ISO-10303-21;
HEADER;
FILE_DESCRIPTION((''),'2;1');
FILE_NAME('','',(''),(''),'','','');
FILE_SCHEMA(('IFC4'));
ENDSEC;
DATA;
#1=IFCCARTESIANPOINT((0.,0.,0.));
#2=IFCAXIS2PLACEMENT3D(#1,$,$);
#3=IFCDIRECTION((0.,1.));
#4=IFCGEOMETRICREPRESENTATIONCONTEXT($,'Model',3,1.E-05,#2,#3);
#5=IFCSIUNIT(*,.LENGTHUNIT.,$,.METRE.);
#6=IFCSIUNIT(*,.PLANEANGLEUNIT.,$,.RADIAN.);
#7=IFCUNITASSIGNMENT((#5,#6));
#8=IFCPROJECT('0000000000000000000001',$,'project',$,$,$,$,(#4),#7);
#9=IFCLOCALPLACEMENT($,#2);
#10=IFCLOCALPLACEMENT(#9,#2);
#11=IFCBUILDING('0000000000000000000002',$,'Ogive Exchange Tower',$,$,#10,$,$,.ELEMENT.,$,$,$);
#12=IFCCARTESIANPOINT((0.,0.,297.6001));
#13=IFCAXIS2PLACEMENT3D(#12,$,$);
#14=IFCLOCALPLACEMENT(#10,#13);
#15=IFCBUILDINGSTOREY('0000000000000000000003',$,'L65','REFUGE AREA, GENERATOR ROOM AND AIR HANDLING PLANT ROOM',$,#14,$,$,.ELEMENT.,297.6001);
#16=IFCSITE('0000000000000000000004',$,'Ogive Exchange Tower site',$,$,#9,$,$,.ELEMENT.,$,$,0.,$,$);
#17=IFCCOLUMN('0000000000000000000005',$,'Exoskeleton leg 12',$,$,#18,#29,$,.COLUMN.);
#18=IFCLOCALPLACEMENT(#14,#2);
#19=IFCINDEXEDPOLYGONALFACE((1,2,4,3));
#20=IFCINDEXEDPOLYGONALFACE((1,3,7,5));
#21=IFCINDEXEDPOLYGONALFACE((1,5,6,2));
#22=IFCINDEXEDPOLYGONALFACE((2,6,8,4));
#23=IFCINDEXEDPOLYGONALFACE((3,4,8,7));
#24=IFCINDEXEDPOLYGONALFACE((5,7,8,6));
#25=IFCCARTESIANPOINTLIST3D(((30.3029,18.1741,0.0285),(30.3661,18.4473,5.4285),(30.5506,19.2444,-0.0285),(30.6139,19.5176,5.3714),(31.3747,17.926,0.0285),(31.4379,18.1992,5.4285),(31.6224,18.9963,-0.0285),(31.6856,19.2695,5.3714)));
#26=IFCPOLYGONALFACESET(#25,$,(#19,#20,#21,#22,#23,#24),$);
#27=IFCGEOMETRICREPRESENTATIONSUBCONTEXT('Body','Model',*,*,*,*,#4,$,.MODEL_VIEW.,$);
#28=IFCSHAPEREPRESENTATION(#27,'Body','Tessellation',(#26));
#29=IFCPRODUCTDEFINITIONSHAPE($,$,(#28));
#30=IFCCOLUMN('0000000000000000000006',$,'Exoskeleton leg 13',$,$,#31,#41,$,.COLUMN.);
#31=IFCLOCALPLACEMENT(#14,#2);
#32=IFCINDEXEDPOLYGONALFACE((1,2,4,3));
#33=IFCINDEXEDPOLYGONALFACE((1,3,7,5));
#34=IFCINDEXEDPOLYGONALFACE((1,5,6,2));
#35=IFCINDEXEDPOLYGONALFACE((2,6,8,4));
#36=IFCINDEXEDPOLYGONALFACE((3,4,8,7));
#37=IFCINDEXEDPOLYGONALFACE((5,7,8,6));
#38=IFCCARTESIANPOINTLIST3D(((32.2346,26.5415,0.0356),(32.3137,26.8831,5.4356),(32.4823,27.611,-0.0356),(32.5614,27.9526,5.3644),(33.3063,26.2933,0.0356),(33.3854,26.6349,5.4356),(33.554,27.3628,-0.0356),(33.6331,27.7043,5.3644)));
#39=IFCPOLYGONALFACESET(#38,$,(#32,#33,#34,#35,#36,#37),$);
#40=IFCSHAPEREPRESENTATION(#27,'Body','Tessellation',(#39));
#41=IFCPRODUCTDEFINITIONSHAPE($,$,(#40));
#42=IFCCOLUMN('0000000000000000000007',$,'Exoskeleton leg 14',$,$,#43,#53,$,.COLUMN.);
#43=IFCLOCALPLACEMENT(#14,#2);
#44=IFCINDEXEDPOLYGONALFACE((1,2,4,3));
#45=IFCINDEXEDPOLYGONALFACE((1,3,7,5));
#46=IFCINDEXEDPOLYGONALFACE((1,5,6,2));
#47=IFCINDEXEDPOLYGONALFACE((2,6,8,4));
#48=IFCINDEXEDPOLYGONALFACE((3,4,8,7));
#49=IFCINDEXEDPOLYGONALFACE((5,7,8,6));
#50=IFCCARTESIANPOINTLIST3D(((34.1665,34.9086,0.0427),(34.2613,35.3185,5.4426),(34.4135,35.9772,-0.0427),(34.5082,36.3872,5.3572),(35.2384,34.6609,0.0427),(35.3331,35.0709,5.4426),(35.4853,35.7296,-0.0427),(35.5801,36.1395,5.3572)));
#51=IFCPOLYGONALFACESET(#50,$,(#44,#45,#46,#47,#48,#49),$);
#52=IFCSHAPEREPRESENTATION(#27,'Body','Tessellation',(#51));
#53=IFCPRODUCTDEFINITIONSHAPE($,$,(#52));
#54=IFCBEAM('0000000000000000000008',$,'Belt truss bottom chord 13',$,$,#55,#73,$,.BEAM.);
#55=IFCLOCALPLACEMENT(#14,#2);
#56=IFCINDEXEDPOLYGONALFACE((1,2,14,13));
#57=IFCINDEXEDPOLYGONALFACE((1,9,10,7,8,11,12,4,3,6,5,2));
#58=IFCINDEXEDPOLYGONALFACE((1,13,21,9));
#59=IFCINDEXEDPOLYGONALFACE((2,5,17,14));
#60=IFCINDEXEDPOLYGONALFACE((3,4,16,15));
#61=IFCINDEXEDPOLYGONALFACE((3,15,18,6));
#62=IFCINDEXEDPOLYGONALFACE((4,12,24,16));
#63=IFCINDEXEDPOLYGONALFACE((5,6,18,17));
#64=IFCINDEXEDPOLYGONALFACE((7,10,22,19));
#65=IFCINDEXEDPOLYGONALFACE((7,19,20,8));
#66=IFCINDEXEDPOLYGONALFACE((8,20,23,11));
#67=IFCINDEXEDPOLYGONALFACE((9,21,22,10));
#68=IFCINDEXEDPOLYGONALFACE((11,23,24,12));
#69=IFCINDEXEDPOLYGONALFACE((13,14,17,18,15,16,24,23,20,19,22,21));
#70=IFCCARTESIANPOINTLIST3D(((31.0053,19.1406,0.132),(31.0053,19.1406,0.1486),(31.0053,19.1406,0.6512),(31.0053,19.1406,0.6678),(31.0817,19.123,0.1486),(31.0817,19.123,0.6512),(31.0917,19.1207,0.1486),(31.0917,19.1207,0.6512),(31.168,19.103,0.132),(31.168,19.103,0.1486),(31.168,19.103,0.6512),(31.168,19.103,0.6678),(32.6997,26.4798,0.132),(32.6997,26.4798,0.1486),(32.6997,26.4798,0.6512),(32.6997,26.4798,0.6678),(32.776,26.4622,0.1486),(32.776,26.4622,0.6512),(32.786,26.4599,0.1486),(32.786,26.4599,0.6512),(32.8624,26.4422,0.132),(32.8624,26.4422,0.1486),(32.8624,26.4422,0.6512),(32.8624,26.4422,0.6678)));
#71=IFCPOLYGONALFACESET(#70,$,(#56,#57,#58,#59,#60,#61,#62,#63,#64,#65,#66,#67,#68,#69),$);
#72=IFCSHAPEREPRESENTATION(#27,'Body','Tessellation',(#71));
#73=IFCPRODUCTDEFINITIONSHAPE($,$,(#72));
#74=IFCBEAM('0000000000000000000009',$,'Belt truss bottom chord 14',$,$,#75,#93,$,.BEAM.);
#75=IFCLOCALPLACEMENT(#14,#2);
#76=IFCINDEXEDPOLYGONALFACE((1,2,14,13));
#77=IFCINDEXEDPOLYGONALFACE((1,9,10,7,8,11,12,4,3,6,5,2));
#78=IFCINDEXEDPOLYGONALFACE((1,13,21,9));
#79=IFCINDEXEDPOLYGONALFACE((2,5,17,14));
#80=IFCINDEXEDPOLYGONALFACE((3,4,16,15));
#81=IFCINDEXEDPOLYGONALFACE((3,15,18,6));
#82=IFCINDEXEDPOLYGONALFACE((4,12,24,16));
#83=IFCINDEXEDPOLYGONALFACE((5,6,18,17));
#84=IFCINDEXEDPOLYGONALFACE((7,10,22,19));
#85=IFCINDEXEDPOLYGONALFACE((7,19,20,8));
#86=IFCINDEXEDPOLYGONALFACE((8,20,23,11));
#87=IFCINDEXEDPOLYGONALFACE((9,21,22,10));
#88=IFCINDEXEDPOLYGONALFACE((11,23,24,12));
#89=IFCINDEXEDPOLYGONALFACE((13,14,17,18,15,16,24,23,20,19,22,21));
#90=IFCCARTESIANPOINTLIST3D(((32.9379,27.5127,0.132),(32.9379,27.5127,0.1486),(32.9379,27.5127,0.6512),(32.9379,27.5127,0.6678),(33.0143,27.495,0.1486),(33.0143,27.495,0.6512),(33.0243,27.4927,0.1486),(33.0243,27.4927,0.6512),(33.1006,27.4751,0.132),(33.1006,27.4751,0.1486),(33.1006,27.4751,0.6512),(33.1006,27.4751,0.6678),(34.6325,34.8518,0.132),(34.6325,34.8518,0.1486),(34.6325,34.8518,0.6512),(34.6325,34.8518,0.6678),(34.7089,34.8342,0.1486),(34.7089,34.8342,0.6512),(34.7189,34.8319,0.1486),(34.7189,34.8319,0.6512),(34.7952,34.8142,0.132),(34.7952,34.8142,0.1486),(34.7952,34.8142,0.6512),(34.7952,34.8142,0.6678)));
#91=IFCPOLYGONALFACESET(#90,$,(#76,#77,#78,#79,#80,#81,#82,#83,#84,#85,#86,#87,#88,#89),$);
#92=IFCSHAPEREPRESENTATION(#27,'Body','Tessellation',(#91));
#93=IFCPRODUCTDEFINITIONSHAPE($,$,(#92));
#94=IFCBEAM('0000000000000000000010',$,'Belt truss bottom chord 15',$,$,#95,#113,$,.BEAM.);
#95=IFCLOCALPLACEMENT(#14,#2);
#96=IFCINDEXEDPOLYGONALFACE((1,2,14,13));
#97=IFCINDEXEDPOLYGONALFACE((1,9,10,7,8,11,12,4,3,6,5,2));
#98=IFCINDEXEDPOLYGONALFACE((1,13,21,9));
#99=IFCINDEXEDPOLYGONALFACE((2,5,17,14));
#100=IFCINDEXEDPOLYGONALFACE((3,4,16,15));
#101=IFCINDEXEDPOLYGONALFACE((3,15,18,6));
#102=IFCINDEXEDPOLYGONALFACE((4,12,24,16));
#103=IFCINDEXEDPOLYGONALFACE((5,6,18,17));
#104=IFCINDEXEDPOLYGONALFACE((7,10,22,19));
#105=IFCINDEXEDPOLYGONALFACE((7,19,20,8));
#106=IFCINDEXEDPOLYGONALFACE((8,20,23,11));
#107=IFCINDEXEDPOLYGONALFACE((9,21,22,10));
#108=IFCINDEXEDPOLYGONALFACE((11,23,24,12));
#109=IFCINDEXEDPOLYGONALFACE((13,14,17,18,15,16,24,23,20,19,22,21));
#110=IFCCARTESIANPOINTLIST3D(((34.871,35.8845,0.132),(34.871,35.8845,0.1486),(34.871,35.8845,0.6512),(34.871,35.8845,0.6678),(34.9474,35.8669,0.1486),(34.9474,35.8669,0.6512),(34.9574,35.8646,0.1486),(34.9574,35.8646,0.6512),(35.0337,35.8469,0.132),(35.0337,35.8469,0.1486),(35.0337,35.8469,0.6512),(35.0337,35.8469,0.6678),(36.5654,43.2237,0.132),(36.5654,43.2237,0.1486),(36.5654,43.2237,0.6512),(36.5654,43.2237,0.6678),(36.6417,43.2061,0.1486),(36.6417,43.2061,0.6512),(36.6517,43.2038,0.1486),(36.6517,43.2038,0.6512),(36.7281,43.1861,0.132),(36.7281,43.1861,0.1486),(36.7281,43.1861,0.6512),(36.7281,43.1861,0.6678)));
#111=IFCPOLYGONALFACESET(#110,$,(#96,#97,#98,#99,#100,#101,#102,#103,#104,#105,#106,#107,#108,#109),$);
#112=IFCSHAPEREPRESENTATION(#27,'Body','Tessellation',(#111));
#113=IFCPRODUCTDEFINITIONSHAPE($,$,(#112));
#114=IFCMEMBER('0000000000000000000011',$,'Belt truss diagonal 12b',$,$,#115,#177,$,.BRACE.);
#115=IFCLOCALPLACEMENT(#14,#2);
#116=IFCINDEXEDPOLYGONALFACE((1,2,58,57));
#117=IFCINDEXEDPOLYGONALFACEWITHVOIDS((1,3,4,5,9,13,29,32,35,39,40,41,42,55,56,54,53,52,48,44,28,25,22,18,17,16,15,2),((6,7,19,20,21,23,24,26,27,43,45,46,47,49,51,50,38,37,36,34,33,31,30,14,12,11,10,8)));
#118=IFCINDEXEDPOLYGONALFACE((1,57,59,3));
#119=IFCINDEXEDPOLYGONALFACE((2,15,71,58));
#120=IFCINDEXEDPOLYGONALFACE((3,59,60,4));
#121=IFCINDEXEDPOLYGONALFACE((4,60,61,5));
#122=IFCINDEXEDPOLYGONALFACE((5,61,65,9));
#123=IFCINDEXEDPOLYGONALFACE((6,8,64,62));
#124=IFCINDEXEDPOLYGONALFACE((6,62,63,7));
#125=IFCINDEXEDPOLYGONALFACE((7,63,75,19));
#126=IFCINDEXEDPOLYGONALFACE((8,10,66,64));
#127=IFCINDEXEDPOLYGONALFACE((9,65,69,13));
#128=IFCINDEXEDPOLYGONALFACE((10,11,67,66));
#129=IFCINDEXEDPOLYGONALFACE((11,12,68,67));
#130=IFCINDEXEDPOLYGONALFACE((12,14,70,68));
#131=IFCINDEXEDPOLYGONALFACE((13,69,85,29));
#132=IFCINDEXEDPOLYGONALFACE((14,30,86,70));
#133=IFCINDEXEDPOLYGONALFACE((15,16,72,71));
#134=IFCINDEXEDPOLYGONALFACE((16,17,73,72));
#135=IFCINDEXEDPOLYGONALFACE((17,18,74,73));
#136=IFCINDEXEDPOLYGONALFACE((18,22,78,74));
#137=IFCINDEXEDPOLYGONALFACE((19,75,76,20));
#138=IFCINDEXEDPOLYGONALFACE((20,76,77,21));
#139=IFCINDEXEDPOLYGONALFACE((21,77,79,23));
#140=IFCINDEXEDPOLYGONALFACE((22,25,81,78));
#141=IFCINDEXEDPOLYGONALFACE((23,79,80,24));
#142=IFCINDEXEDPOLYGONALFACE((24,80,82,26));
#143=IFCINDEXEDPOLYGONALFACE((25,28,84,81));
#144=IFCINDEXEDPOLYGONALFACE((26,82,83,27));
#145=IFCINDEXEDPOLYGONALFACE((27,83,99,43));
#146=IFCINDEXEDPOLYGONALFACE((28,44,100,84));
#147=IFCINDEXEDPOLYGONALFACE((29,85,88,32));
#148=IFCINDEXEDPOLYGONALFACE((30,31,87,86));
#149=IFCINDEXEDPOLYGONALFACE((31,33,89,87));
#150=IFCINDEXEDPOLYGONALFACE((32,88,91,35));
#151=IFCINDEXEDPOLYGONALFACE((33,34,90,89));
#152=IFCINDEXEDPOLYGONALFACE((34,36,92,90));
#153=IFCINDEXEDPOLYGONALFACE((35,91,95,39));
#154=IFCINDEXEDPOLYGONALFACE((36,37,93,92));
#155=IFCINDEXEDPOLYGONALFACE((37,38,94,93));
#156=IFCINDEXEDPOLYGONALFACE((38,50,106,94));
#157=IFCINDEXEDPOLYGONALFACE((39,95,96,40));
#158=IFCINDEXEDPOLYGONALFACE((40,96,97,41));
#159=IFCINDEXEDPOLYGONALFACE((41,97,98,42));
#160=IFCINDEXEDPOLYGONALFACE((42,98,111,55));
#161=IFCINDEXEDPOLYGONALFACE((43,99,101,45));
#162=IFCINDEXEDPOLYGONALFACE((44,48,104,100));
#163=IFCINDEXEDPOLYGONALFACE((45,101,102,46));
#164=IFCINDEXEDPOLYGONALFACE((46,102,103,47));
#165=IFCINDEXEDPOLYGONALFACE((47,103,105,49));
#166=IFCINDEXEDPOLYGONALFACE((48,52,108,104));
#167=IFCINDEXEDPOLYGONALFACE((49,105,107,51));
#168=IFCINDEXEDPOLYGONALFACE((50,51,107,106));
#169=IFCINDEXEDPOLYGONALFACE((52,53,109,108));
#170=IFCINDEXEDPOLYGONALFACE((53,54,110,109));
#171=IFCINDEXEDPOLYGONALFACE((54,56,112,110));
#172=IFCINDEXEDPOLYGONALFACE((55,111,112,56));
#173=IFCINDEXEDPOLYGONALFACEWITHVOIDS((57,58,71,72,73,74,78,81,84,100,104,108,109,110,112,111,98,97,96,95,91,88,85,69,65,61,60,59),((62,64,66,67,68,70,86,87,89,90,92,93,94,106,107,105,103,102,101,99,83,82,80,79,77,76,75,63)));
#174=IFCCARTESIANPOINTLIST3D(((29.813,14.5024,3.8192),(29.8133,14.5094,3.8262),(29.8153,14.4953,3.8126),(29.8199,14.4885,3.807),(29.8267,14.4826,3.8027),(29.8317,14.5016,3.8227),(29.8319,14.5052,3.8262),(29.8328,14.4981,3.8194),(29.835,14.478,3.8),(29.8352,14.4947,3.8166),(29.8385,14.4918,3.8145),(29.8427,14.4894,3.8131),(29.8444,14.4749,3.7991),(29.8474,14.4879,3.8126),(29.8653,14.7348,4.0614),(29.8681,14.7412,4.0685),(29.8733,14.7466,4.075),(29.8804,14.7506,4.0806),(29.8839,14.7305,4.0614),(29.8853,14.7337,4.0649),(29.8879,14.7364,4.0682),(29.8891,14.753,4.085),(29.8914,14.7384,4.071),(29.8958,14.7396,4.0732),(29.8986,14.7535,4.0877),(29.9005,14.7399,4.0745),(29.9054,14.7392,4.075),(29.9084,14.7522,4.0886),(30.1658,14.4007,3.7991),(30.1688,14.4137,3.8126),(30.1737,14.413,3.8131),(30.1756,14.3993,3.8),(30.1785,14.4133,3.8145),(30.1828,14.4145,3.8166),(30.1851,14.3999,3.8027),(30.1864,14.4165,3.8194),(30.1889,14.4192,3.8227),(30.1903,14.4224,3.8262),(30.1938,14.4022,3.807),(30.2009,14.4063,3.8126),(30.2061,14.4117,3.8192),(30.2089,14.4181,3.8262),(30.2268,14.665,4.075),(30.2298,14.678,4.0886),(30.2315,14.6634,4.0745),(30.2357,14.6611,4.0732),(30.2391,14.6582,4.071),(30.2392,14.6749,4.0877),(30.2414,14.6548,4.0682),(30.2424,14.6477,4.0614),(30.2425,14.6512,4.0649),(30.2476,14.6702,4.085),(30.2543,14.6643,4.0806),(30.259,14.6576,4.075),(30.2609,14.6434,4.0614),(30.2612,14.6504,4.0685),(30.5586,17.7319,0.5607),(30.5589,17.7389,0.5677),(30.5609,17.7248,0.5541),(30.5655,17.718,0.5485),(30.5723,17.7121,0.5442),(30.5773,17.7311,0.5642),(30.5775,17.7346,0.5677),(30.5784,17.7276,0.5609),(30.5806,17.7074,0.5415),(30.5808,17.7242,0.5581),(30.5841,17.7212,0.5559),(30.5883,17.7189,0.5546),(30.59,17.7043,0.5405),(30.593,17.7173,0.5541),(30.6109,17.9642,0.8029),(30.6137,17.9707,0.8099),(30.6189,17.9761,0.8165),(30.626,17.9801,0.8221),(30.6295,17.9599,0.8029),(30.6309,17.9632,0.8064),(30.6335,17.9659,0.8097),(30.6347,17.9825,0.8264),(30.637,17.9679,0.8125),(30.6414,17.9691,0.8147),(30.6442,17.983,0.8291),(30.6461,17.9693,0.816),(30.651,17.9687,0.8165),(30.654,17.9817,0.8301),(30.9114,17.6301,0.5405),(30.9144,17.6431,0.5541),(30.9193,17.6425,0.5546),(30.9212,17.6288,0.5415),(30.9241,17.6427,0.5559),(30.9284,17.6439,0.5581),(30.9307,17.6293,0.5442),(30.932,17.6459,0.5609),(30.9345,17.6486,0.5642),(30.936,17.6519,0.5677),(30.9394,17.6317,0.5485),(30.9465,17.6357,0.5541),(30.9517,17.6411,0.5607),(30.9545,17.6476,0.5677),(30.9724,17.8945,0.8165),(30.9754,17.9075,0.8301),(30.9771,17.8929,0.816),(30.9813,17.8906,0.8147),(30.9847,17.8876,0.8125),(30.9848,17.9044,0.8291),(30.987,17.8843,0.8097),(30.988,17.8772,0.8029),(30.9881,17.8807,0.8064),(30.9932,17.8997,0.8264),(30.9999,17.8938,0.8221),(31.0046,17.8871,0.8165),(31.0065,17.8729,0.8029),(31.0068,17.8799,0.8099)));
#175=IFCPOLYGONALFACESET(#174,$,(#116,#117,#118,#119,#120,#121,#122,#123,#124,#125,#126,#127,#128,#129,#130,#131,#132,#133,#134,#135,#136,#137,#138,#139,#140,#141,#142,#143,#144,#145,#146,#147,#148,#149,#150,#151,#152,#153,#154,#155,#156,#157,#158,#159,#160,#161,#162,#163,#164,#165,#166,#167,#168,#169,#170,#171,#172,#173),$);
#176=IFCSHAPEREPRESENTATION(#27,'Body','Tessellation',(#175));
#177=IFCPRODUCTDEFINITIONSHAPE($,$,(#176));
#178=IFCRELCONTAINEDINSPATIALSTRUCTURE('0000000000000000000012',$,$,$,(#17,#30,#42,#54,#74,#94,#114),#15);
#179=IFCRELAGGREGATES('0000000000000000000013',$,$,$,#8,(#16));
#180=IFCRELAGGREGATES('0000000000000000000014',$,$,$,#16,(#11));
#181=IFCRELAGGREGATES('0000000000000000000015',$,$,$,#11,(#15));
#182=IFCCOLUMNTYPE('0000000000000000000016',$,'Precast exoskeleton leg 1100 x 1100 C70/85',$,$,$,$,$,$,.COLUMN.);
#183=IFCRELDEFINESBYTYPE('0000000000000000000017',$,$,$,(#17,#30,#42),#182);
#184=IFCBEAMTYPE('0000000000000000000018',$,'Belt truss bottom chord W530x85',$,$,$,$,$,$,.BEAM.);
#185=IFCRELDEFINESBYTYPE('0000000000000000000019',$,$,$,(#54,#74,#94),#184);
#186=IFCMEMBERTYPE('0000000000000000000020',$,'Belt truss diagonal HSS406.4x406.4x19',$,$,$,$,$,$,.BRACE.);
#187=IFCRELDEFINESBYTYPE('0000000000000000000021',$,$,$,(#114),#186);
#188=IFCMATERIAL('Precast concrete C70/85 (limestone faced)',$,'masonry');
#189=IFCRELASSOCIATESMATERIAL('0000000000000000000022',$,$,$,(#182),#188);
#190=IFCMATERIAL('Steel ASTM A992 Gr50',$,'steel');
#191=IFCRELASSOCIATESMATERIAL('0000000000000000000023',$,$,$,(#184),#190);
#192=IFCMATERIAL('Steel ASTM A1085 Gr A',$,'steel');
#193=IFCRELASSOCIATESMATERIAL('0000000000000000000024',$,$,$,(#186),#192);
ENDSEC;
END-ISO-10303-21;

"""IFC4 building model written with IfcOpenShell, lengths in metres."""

from ifc_helpers import new_model, si_unit, direction, frame, origin, origin_2d, place, context, subcontext, project, spatial, rectangle, hollow_rectangle, i_section, extrude, material, material_profile, profile_set, type_object, element, save


model = new_model("IFC4")

# Units and contexts
model_context = context("Model", 3, precision=1e-05, world=origin(), true_north=direction((0.0, 1.0)))
body_context = subcontext(model_context, "Body", "Model", "MODEL_VIEW")
ifc_project = project(units=[si_unit("LENGTHUNIT", "METRE"), si_unit("PLANEANGLEUNIT", "RADIAN")], contexts=[model_context])

# Site, building, storey
site_placement = place(None, origin())
site = spatial("IfcSite", under=ifc_project, at=site_placement, Name="Ogive Exchange Tower site", CompositionType="ELEMENT", RefElevation=0.0)
building_placement = place(site_placement, origin())
building = spatial("IfcBuilding", under=site, at=building_placement, Name="Ogive Exchange Tower", CompositionType="ELEMENT")
storey_placement = place(building_placement, frame((0.0, 0.0, 297.6001)))
storey = spatial("IfcBuildingStorey", under=building, at=storey_placement, Name="L65", Description="REFUGE AREA, GENERATOR ROOM AND AIR HANDLING PLANT ROOM", CompositionType="ELEMENT", Elevation=297.6001)

# Columns
ifc_material_1 = material(Name="Precast concrete C70/85 (limestone faced)", Category="masonry")
ifc_material_profile_1 = material_profile(ifc_material_1, rectangle(XDim=1.1001, YDim=1.1001, at=origin_2d()), Name="1100 x 1100")
ifc_profile_set_1 = profile_set([ifc_material_profile_1], Name="Precast concrete C70/85 (limestone faced)")
column_type = type_object("IfcColumnType", Name="Precast exoskeleton leg 1100 x 1100 C70/85", PredefinedType="COLUMN", material=ifc_profile_set_1)
column_1_placement = place(storey_placement, frame((30.9626, 18.5852, 0.0), z_axis=(0.011694, 0.050524, 0.998654), x_axis=(-0.974244, 0.225495, 0.0)))
element("IfcColumn", 1, at=column_1_placement, inside=storey, type_object=column_type, Name="Exoskeleton leg 12", PredefinedType="COLUMN", context=body_context, shape_type="SweptSolid", body=[
    extrude(rectangle(XDim=1.1001, YDim=1.1001, at=origin_2d()), origin(), (0.0, 0.0, 1.0), 5.4072),
])
column_2_placement = place(storey_placement, frame((32.8943, 26.9521, 0.0), z_axis=(0.014618, 0.063119, 0.997899), x_axis=(-0.974215, 0.225622, 0.0)))
element("IfcColumn", 2, at=column_2_placement, inside=storey, type_object=column_type, Name="Exoskeleton leg 13", PredefinedType="COLUMN", context=body_context, shape_type="SweptSolid", body=[
    extrude(rectangle(XDim=1.1001, YDim=1.1001, at=origin_2d()), origin(), (0.0, 0.0, 1.0), 5.4114),
])
column_3_placement = place(storey_placement, frame((34.8259, 35.3191, 0.0), z_axis=(0.017489, 0.075682, 0.996979), x_axis=(-0.974323, 0.225156, 0.0)))
element("IfcColumn", 3, at=column_3_placement, inside=storey, type_object=column_type, Name="Exoskeleton leg 14", PredefinedType="COLUMN", context=body_context, shape_type="SweptSolid", body=[
    extrude(rectangle(XDim=1.1001, YDim=1.1001, at=origin_2d()), origin(), (0.0, 0.0, 1.0), 5.4163),
])

# Beams
ifc_material_2 = material(Name="Steel ASTM A992 Gr50", Category="steel")
ifc_material_profile_2 = material_profile(ifc_material_2, i_section(OverallWidth=0.167, OverallDepth=0.5359, WebThickness=0.0103, FlangeThickness=0.0166, at=origin_2d()), Name="W530x85")
ifc_profile_set_2 = profile_set([ifc_material_profile_2], Name="Steel ASTM A992 Gr50")
beam_type_1 = type_object("IfcBeamType", Name="Belt truss bottom chord W530x85", PredefinedType="BEAM", material=ifc_profile_set_2)
for number, where, z_axis, x_axis, name in (
    (4, (31.0867, 19.1218, 0.3999), (0.224947, 0.974371, 0.0), (-0.974371, 0.224947, 0.0), "Belt truss bottom chord 13"),
    (5, (33.0193, 27.4939, 0.3999), (0.224978, 0.974364, 0.0), (-0.974364, 0.224978, 0.0), "Belt truss bottom chord 14"),
    (6, (34.9524, 35.8657, 0.3999), (0.224947, 0.974371, 0.0), (-0.974371, 0.224947, 0.0), "Belt truss bottom chord 15"),
):
    element("IfcBeam", number, at=place(storey_placement, frame(where, z_axis=z_axis, x_axis=x_axis)), inside=storey, type_object=beam_type_1, Name=name, PredefinedType="BEAM", context=body_context, shape_type="SweptSolid", body=[
        extrude(i_section(OverallWidth=0.167, OverallDepth=0.5359, WebThickness=0.0103, FlangeThickness=0.0166, at=origin_2d()), origin(), (0.0, 0.0, 1.0), 7.5322),
    ])

# Member
ifc_material_3 = material(Name="Steel ASTM A1085 Gr A", Category="steel")
ifc_material_profile_3 = material_profile(ifc_material_3, hollow_rectangle(XDim=0.406, YDim=0.406, WallThickness=0.019, InnerFilletRadius=0.019, OuterFilletRadius=0.0381, at=origin_2d()), Name="HSS406.4x406.4x19")
ifc_profile_set_3 = profile_set([ifc_material_profile_3], Name="Steel ASTM A1085 Gr A")
member_type_1 = type_object("IfcMemberType", Name="Belt truss diagonal HSS406.4x406.4x19", PredefinedType="BRACE", material=ifc_profile_set_3)
member_1_placement = place(storey_placement, frame((30.7827, 17.8059, 0.6853), z_axis=(-0.160415, -0.694817, 0.701068), x_axis=(0.974369, -0.224956, 0.0)))
element("IfcMember", 7, at=member_1_placement, inside=storey, type_object=member_type_1, Name="Belt truss diagonal 12b", PredefinedType="BRACE", context=body_context, shape_type="SweptSolid", body=[
    extrude(hollow_rectangle(XDim=0.406, YDim=0.406, WallThickness=0.019, InnerFilletRadius=0.019, OuterFilletRadius=0.0381, at=origin_2d()), origin(), (0.0, 0.0, 1.0), 4.6479),
])

save(model, "model.ifc")
